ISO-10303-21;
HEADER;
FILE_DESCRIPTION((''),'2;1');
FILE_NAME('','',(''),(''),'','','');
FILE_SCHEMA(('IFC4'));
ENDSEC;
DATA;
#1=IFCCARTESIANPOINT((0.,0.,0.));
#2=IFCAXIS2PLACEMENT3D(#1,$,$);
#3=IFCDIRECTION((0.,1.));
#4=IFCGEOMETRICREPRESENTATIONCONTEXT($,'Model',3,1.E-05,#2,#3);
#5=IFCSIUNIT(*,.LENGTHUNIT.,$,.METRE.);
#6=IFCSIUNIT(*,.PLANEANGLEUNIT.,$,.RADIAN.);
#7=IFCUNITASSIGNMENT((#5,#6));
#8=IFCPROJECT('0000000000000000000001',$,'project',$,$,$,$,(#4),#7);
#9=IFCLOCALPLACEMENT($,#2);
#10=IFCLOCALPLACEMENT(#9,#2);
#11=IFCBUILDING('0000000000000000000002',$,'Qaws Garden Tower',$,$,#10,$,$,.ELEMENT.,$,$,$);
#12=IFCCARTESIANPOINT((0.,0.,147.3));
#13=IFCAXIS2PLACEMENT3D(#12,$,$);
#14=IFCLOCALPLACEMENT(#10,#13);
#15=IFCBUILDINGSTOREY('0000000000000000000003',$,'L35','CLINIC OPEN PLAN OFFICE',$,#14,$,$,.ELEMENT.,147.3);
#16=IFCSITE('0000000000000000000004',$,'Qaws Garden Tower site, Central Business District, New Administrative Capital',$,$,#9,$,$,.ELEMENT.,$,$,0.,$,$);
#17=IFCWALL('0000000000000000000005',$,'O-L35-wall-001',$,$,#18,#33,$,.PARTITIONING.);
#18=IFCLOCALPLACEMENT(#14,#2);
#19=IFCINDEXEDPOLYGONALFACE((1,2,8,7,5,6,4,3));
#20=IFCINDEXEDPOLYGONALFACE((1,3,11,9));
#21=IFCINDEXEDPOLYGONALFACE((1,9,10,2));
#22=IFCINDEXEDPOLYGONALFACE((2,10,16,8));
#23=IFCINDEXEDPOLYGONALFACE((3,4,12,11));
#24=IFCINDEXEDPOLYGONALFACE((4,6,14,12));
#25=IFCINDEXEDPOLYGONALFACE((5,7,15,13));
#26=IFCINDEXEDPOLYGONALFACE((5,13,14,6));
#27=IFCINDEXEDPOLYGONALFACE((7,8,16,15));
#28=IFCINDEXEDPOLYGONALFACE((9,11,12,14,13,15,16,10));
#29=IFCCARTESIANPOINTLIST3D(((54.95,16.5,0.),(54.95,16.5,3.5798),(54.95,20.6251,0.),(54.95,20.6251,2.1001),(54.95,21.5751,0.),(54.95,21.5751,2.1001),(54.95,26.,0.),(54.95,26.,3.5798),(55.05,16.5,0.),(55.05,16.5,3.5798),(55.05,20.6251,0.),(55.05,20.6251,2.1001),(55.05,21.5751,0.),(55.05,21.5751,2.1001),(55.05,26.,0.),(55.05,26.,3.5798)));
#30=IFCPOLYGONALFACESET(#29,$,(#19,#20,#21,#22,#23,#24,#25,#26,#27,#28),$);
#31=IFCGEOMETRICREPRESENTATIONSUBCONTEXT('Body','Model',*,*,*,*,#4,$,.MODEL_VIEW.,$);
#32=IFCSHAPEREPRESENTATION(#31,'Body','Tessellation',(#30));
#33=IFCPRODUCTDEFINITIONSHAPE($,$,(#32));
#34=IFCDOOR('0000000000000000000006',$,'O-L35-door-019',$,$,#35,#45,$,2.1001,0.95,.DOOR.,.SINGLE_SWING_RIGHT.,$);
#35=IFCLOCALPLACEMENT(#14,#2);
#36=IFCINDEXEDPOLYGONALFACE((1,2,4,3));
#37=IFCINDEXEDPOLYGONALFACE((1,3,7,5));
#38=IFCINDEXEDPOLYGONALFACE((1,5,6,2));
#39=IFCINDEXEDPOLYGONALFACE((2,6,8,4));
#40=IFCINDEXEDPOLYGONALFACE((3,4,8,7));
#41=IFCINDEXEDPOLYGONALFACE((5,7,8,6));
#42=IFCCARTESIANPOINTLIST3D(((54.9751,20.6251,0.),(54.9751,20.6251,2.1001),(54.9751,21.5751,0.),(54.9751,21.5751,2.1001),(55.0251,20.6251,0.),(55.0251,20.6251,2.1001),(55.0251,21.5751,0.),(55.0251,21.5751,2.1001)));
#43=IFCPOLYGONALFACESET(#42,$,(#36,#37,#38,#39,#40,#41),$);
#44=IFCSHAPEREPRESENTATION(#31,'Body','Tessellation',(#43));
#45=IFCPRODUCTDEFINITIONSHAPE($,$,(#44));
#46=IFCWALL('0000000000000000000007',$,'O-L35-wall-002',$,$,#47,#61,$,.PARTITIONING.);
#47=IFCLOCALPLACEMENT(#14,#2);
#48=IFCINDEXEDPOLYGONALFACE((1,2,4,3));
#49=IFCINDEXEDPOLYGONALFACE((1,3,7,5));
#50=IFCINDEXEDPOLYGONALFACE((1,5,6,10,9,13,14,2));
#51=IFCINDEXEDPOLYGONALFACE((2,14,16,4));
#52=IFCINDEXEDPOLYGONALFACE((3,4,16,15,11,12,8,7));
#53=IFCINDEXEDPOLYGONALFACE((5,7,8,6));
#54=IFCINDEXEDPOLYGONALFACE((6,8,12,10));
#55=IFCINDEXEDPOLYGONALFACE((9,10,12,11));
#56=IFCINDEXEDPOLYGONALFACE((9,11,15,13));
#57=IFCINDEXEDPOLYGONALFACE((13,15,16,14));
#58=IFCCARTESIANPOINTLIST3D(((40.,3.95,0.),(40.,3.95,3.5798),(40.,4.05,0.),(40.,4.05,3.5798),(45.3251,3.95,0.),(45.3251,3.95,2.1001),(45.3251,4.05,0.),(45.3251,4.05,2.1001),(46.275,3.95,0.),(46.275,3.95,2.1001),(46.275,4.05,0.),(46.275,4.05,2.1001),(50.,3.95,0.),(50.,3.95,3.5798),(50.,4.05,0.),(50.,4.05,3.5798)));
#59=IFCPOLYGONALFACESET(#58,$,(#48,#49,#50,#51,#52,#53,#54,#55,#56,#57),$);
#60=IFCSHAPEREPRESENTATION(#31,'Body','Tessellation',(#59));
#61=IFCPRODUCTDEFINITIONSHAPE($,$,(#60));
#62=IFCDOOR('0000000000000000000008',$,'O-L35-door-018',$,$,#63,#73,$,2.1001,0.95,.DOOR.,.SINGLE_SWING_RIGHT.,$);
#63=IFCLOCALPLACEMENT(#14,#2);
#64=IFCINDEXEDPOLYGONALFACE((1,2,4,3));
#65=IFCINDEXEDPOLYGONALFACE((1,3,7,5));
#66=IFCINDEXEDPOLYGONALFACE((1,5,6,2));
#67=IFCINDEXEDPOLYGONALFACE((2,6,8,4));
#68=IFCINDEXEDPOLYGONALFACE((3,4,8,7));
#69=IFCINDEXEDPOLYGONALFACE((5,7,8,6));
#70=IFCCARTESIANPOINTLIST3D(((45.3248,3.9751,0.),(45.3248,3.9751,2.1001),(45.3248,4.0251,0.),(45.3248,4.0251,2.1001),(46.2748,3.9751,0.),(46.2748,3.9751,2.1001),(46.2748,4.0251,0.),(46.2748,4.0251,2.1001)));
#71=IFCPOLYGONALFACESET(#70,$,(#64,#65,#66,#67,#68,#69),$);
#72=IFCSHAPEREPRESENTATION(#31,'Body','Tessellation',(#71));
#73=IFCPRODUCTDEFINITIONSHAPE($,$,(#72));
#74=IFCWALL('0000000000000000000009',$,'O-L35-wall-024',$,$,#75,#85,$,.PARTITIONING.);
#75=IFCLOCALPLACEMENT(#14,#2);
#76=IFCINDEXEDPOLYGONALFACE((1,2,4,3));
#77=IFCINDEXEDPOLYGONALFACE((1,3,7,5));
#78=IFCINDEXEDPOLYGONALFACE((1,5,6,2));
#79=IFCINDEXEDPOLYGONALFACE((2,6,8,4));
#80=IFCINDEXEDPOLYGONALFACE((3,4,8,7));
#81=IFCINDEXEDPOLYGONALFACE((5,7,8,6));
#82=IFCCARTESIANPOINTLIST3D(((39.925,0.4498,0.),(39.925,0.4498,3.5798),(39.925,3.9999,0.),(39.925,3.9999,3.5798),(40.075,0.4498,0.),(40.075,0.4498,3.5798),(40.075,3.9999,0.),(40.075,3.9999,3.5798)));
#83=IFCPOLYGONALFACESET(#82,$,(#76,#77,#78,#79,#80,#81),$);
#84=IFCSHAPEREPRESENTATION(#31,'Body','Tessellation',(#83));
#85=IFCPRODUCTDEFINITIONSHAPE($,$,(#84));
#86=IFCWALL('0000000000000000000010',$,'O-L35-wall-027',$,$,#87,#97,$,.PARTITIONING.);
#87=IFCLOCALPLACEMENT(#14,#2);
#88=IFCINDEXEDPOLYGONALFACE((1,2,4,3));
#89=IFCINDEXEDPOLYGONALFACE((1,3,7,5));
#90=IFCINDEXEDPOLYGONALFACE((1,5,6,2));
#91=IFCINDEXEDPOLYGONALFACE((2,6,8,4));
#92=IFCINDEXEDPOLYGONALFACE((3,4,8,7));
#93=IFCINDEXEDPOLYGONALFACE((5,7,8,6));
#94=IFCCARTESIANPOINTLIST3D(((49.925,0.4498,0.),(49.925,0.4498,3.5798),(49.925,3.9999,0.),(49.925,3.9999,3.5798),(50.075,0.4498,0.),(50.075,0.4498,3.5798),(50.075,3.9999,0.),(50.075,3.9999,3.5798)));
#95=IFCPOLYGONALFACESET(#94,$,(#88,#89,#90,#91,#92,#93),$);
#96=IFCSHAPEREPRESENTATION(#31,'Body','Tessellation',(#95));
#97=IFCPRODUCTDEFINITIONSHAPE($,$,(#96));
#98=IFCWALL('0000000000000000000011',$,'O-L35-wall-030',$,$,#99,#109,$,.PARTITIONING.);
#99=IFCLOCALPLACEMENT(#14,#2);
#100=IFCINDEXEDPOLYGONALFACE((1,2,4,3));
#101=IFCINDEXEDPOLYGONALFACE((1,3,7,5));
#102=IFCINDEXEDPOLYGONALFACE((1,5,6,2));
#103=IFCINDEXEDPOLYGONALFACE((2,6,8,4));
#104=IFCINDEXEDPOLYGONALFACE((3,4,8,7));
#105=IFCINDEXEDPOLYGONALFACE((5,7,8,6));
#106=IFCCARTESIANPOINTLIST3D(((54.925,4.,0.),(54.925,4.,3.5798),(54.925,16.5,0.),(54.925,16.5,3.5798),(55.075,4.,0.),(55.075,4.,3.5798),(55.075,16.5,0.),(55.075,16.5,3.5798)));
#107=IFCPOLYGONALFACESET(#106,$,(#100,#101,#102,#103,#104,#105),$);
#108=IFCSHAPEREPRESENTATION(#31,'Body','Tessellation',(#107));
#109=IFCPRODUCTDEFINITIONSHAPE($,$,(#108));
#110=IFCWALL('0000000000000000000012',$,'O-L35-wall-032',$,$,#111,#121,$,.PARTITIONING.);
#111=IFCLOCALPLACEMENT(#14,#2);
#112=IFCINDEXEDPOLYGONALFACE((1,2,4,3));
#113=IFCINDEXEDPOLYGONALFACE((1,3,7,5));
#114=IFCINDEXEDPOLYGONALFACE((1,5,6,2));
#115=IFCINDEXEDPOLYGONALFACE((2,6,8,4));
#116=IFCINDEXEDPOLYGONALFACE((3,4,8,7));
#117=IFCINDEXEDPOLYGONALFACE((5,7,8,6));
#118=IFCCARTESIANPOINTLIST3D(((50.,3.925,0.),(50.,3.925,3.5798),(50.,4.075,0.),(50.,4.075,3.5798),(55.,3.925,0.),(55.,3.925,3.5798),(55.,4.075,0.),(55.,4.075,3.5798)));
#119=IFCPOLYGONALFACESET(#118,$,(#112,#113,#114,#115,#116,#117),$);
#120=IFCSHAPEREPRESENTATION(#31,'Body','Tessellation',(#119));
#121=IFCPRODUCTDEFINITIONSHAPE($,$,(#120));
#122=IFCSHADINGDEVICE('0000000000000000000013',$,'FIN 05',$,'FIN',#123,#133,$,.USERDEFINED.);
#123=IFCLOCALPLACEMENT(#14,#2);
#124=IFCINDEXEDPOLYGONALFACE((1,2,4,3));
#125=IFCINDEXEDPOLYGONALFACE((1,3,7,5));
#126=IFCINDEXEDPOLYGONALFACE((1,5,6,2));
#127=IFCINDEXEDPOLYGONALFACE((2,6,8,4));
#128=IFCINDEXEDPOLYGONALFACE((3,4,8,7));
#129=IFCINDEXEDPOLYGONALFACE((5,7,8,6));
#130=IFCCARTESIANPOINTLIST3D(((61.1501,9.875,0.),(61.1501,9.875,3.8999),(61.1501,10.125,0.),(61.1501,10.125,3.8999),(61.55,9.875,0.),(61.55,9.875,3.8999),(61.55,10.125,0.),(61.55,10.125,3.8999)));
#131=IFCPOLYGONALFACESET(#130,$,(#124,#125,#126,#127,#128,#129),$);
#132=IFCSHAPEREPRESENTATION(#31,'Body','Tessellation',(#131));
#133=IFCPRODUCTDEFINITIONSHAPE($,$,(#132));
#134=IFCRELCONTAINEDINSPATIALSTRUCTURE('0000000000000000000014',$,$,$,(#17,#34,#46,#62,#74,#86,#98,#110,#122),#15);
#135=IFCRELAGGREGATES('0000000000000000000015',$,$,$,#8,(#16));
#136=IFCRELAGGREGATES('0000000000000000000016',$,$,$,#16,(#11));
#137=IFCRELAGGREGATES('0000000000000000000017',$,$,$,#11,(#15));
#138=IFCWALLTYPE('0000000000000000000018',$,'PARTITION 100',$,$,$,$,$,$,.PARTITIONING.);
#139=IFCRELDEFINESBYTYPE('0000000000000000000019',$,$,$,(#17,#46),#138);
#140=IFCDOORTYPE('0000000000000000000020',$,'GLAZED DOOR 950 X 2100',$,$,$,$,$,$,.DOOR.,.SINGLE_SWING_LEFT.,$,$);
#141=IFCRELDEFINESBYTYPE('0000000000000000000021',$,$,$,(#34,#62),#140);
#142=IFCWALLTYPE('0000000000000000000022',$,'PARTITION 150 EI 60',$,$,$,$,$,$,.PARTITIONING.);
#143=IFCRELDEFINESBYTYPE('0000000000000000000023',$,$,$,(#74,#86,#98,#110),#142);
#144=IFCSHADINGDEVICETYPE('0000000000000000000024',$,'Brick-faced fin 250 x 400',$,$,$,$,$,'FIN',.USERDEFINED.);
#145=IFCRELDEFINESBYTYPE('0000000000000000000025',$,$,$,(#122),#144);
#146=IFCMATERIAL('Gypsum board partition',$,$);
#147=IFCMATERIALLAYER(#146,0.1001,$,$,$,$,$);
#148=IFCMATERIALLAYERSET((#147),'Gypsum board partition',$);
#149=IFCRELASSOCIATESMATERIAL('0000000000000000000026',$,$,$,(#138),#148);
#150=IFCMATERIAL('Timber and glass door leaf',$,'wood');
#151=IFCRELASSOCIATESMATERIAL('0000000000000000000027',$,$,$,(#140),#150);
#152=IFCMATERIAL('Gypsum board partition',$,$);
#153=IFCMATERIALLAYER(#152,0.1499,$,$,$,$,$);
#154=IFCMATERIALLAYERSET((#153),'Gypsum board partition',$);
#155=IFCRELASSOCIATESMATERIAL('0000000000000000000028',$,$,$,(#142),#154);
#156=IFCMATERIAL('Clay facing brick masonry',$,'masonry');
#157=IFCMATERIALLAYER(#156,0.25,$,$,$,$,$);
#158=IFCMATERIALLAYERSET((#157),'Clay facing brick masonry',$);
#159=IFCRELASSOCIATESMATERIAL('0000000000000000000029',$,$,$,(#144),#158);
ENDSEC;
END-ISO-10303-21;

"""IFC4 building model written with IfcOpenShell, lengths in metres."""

from ifc_helpers import new_model, si_unit, direction, frame, frame_2d, origin, origin_2d, place, context, subcontext, project, spatial, rectangle, extrude, material, layer, layer_set, type_object, element, fill, save


model = new_model("IFC4")

# Units and contexts
model_context = context("Model", 3, precision=1e-05, world=origin(), true_north=direction((0.0, 1.0)))
body_context = subcontext(model_context, "Body", "Model", "MODEL_VIEW")
ifc_project = project(units=[si_unit("LENGTHUNIT", "METRE"), si_unit("PLANEANGLEUNIT", "RADIAN")], contexts=[model_context])

# Site, building, storey
site_placement = place(None, origin())
site = spatial("IfcSite", under=ifc_project, at=site_placement, Name="Qaws Garden Tower site, Central Business District, New Administrative Capital", CompositionType="ELEMENT", RefElevation=0.0)
building_placement = place(site_placement, origin())
building = spatial("IfcBuilding", under=site, at=building_placement, Name="Qaws Garden Tower", CompositionType="ELEMENT")
storey_placement = place(building_placement, frame((0.0, 0.0, 147.3)))
storey = spatial("IfcBuildingStorey", under=building, at=storey_placement, Name="L35", Description="CLINIC OPEN PLAN OFFICE", CompositionType="ELEMENT", Elevation=147.3)

# Walls, openings, doors
ifc_material_1 = material(Name="Gypsum board partition")
ifc_layer_1 = layer(ifc_material_1, 0.1001)
ifc_layer_set_1 = layer_set([ifc_layer_1], Name="Gypsum board partition")
wall_type_1 = type_object("IfcWallType", Name="PARTITION 100", PredefinedType="PARTITIONING", material=ifc_layer_set_1)
wall_1_placement = place(storey_placement, frame((55.0, 16.5, 0.0), z_axis=(0.0, 0.0, 1.0), x_axis=(0.0, 1.0, 0.0)))
wall_1 = element("IfcWall", 1, at=wall_1_placement, inside=storey, type_object=wall_type_1, Name="O-L35-wall-001", PredefinedType="PARTITIONING", context=body_context, shape_type="SweptSolid", body=[
    extrude(rectangle(XDim=9.5, YDim=0.1001, at=frame_2d((4.75, 0.0))), origin(), (0.0, 0.0, 1.0), 3.5798),
])
opening_1_placement = place(wall_1_placement, frame((4.125, 0.0, 0.0)))
opening_1 = element("IfcOpeningElement", 2, at=opening_1_placement, cuts=wall_1, PredefinedType="OPENING", context=body_context, shape_type="SweptSolid", body=[
    extrude(rectangle(XDim=0.95, YDim=2.1001, at=frame_2d((0.4751, 1.05))), frame((0.0, 0.0601, 0.0), z_axis=(0.0, -1.0, 0.0), x_axis=(1.0, 0.0, 0.0)), (0.0, 0.0, 1.0), 0.1201),
])
ifc_material_2 = material(Name="Timber and glass door leaf", Category="wood")
door_type = type_object("IfcDoorType", Name="GLAZED DOOR 950 X 2100", OperationType="SINGLE_SWING_LEFT", PredefinedType="DOOR", material=ifc_material_2)
door_1_placement = place(opening_1_placement, origin())
door_1 = element("IfcDoor", 3, at=door_1_placement, inside=storey, type_object=door_type, Name="O-L35-door-019", OperationType="SINGLE_SWING_RIGHT", OverallHeight=2.1001, OverallWidth=0.95, PredefinedType="DOOR", context=body_context, shape_type="SweptSolid", body=[
    extrude(rectangle(XDim=0.95, YDim=2.1001, at=frame_2d((0.4751, 1.05))), frame((0.0, 0.0249, 0.0), z_axis=(0.0, -1.0, 0.0), x_axis=(1.0, 0.0, 0.0)), (0.0, 0.0, 1.0), 0.05),
])
fill(opening_1, door_1)
wall_2_placement = place(storey_placement, frame((40.0, 4.0, 0.0), z_axis=(0.0, 0.0, 1.0), x_axis=(1.0, 0.0, 0.0)))
wall_2 = element("IfcWall", 4, at=wall_2_placement, inside=storey, type_object=wall_type_1, Name="O-L35-wall-002", PredefinedType="PARTITIONING", context=body_context, shape_type="SweptSolid", body=[
    extrude(rectangle(XDim=10.0, YDim=0.1001, at=frame_2d((5.0, 0.0))), origin(), (0.0, 0.0, 1.0), 3.5798),
])
opening_2_placement = place(wall_2_placement, frame((5.325, 0.0, 0.0)))
opening_2 = element("IfcOpeningElement", 5, at=opening_2_placement, cuts=wall_2, PredefinedType="OPENING", context=body_context, shape_type="SweptSolid", body=[
    extrude(rectangle(XDim=0.95, YDim=2.1001, at=frame_2d((0.4751, 1.05))), frame((0.0, 0.0601, 0.0), z_axis=(0.0, -1.0, 0.0), x_axis=(1.0, 0.0, 0.0)), (0.0, 0.0, 1.0), 0.1201),
])
door_2_placement = place(opening_2_placement, frame((0.95, 0.0, 0.0), z_axis=(0.0, 0.0, 1.0), x_axis=(-1.0, 0.0, 0.0)))
door_2 = element("IfcDoor", 6, at=door_2_placement, inside=storey, type_object=door_type, Name="O-L35-door-018", OperationType="SINGLE_SWING_RIGHT", OverallHeight=2.1001, OverallWidth=0.95, PredefinedType="DOOR", context=body_context, shape_type="SweptSolid", body=[
    extrude(rectangle(XDim=0.95, YDim=2.1001, at=frame_2d((0.4751, 1.05))), frame((0.0, 0.0249, 0.0), z_axis=(0.0, -1.0, 0.0), x_axis=(1.0, 0.0, 0.0)), (0.0, 0.0, 1.0), 0.05),
])
fill(opening_2, door_2)

# Walls
ifc_material_3 = material(Name="Gypsum board partition")
ifc_layer_2 = layer(ifc_material_3, 0.1499)
ifc_layer_set_2 = layer_set([ifc_layer_2], Name="Gypsum board partition")
wall_type_2 = type_object("IfcWallType", Name="PARTITION 150 EI 60", PredefinedType="PARTITIONING", material=ifc_layer_set_2)
for number, where, z_axis, x_axis, name in (
    (7, (40.0, 0.45, 0.0), (0.0, 0.0, 1.0), (0.0, 1.0, 0.0), "O-L35-wall-024"),
    (8, (50.0, 0.45, 0.0), (0.0, 0.0, 1.0), (0.0, 1.0, 0.0), "O-L35-wall-027"),
):
    element("IfcWall", number, at=place(storey_placement, frame(where, z_axis=z_axis, x_axis=x_axis)), inside=storey, type_object=wall_type_2, Name=name, PredefinedType="PARTITIONING", context=body_context, shape_type="SweptSolid", body=[
        extrude(rectangle(XDim=3.55, YDim=0.1499, at=frame_2d((1.7749, 0.0))), origin(), (0.0, 0.0, 1.0), 3.5798),
    ])
wall_3_placement = place(storey_placement, frame((55.0, 4.0, 0.0), z_axis=(0.0, 0.0, 1.0), x_axis=(0.0, 1.0, 0.0)))
element("IfcWall", 9, at=wall_3_placement, inside=storey, type_object=wall_type_2, Name="O-L35-wall-030", PredefinedType="PARTITIONING", context=body_context, shape_type="SweptSolid", body=[
    extrude(rectangle(XDim=12.5, YDim=0.1499, at=frame_2d((6.25, 0.0))), origin(), (0.0, 0.0, 1.0), 3.5798),
])
wall_4_placement = place(storey_placement, frame((50.0, 4.0, 0.0), z_axis=(0.0, 0.0, 1.0), x_axis=(1.0, 0.0, 0.0)))
element("IfcWall", 10, at=wall_4_placement, inside=storey, type_object=wall_type_2, Name="O-L35-wall-032", PredefinedType="PARTITIONING", context=body_context, shape_type="SweptSolid", body=[
    extrude(rectangle(XDim=5.0, YDim=0.1499, at=frame_2d((2.5, 0.0))), origin(), (0.0, 0.0, 1.0), 3.5798),
])

# Shading device
ifc_material_4 = material(Name="Clay facing brick masonry", Category="masonry")
ifc_layer_3 = layer(ifc_material_4, 0.25)
ifc_layer_set_3 = layer_set([ifc_layer_3], Name="Clay facing brick masonry")
shading_device_type = type_object("IfcShadingDeviceType", Name="Brick-faced fin 250 x 400", ElementType="FIN", PredefinedType="USERDEFINED", material=ifc_layer_set_3)
shading_device_placement = place(storey_placement, frame((61.3501, 10.0, 0.0), z_axis=(0.0, 0.0, 1.0), x_axis=(0.0, 1.0, 0.0)))
element("IfcShadingDevice", 11, at=shading_device_placement, inside=storey, type_object=shading_device_type, Name="FIN 05", ObjectType="FIN", PredefinedType="USERDEFINED", context=body_context, shape_type="SweptSolid", body=[
    extrude(rectangle(XDim=0.25, YDim=0.3999, at=origin_2d()), origin(), (0.0, 0.0, 1.0), 3.8999),
])

save(model, "model.ifc")
